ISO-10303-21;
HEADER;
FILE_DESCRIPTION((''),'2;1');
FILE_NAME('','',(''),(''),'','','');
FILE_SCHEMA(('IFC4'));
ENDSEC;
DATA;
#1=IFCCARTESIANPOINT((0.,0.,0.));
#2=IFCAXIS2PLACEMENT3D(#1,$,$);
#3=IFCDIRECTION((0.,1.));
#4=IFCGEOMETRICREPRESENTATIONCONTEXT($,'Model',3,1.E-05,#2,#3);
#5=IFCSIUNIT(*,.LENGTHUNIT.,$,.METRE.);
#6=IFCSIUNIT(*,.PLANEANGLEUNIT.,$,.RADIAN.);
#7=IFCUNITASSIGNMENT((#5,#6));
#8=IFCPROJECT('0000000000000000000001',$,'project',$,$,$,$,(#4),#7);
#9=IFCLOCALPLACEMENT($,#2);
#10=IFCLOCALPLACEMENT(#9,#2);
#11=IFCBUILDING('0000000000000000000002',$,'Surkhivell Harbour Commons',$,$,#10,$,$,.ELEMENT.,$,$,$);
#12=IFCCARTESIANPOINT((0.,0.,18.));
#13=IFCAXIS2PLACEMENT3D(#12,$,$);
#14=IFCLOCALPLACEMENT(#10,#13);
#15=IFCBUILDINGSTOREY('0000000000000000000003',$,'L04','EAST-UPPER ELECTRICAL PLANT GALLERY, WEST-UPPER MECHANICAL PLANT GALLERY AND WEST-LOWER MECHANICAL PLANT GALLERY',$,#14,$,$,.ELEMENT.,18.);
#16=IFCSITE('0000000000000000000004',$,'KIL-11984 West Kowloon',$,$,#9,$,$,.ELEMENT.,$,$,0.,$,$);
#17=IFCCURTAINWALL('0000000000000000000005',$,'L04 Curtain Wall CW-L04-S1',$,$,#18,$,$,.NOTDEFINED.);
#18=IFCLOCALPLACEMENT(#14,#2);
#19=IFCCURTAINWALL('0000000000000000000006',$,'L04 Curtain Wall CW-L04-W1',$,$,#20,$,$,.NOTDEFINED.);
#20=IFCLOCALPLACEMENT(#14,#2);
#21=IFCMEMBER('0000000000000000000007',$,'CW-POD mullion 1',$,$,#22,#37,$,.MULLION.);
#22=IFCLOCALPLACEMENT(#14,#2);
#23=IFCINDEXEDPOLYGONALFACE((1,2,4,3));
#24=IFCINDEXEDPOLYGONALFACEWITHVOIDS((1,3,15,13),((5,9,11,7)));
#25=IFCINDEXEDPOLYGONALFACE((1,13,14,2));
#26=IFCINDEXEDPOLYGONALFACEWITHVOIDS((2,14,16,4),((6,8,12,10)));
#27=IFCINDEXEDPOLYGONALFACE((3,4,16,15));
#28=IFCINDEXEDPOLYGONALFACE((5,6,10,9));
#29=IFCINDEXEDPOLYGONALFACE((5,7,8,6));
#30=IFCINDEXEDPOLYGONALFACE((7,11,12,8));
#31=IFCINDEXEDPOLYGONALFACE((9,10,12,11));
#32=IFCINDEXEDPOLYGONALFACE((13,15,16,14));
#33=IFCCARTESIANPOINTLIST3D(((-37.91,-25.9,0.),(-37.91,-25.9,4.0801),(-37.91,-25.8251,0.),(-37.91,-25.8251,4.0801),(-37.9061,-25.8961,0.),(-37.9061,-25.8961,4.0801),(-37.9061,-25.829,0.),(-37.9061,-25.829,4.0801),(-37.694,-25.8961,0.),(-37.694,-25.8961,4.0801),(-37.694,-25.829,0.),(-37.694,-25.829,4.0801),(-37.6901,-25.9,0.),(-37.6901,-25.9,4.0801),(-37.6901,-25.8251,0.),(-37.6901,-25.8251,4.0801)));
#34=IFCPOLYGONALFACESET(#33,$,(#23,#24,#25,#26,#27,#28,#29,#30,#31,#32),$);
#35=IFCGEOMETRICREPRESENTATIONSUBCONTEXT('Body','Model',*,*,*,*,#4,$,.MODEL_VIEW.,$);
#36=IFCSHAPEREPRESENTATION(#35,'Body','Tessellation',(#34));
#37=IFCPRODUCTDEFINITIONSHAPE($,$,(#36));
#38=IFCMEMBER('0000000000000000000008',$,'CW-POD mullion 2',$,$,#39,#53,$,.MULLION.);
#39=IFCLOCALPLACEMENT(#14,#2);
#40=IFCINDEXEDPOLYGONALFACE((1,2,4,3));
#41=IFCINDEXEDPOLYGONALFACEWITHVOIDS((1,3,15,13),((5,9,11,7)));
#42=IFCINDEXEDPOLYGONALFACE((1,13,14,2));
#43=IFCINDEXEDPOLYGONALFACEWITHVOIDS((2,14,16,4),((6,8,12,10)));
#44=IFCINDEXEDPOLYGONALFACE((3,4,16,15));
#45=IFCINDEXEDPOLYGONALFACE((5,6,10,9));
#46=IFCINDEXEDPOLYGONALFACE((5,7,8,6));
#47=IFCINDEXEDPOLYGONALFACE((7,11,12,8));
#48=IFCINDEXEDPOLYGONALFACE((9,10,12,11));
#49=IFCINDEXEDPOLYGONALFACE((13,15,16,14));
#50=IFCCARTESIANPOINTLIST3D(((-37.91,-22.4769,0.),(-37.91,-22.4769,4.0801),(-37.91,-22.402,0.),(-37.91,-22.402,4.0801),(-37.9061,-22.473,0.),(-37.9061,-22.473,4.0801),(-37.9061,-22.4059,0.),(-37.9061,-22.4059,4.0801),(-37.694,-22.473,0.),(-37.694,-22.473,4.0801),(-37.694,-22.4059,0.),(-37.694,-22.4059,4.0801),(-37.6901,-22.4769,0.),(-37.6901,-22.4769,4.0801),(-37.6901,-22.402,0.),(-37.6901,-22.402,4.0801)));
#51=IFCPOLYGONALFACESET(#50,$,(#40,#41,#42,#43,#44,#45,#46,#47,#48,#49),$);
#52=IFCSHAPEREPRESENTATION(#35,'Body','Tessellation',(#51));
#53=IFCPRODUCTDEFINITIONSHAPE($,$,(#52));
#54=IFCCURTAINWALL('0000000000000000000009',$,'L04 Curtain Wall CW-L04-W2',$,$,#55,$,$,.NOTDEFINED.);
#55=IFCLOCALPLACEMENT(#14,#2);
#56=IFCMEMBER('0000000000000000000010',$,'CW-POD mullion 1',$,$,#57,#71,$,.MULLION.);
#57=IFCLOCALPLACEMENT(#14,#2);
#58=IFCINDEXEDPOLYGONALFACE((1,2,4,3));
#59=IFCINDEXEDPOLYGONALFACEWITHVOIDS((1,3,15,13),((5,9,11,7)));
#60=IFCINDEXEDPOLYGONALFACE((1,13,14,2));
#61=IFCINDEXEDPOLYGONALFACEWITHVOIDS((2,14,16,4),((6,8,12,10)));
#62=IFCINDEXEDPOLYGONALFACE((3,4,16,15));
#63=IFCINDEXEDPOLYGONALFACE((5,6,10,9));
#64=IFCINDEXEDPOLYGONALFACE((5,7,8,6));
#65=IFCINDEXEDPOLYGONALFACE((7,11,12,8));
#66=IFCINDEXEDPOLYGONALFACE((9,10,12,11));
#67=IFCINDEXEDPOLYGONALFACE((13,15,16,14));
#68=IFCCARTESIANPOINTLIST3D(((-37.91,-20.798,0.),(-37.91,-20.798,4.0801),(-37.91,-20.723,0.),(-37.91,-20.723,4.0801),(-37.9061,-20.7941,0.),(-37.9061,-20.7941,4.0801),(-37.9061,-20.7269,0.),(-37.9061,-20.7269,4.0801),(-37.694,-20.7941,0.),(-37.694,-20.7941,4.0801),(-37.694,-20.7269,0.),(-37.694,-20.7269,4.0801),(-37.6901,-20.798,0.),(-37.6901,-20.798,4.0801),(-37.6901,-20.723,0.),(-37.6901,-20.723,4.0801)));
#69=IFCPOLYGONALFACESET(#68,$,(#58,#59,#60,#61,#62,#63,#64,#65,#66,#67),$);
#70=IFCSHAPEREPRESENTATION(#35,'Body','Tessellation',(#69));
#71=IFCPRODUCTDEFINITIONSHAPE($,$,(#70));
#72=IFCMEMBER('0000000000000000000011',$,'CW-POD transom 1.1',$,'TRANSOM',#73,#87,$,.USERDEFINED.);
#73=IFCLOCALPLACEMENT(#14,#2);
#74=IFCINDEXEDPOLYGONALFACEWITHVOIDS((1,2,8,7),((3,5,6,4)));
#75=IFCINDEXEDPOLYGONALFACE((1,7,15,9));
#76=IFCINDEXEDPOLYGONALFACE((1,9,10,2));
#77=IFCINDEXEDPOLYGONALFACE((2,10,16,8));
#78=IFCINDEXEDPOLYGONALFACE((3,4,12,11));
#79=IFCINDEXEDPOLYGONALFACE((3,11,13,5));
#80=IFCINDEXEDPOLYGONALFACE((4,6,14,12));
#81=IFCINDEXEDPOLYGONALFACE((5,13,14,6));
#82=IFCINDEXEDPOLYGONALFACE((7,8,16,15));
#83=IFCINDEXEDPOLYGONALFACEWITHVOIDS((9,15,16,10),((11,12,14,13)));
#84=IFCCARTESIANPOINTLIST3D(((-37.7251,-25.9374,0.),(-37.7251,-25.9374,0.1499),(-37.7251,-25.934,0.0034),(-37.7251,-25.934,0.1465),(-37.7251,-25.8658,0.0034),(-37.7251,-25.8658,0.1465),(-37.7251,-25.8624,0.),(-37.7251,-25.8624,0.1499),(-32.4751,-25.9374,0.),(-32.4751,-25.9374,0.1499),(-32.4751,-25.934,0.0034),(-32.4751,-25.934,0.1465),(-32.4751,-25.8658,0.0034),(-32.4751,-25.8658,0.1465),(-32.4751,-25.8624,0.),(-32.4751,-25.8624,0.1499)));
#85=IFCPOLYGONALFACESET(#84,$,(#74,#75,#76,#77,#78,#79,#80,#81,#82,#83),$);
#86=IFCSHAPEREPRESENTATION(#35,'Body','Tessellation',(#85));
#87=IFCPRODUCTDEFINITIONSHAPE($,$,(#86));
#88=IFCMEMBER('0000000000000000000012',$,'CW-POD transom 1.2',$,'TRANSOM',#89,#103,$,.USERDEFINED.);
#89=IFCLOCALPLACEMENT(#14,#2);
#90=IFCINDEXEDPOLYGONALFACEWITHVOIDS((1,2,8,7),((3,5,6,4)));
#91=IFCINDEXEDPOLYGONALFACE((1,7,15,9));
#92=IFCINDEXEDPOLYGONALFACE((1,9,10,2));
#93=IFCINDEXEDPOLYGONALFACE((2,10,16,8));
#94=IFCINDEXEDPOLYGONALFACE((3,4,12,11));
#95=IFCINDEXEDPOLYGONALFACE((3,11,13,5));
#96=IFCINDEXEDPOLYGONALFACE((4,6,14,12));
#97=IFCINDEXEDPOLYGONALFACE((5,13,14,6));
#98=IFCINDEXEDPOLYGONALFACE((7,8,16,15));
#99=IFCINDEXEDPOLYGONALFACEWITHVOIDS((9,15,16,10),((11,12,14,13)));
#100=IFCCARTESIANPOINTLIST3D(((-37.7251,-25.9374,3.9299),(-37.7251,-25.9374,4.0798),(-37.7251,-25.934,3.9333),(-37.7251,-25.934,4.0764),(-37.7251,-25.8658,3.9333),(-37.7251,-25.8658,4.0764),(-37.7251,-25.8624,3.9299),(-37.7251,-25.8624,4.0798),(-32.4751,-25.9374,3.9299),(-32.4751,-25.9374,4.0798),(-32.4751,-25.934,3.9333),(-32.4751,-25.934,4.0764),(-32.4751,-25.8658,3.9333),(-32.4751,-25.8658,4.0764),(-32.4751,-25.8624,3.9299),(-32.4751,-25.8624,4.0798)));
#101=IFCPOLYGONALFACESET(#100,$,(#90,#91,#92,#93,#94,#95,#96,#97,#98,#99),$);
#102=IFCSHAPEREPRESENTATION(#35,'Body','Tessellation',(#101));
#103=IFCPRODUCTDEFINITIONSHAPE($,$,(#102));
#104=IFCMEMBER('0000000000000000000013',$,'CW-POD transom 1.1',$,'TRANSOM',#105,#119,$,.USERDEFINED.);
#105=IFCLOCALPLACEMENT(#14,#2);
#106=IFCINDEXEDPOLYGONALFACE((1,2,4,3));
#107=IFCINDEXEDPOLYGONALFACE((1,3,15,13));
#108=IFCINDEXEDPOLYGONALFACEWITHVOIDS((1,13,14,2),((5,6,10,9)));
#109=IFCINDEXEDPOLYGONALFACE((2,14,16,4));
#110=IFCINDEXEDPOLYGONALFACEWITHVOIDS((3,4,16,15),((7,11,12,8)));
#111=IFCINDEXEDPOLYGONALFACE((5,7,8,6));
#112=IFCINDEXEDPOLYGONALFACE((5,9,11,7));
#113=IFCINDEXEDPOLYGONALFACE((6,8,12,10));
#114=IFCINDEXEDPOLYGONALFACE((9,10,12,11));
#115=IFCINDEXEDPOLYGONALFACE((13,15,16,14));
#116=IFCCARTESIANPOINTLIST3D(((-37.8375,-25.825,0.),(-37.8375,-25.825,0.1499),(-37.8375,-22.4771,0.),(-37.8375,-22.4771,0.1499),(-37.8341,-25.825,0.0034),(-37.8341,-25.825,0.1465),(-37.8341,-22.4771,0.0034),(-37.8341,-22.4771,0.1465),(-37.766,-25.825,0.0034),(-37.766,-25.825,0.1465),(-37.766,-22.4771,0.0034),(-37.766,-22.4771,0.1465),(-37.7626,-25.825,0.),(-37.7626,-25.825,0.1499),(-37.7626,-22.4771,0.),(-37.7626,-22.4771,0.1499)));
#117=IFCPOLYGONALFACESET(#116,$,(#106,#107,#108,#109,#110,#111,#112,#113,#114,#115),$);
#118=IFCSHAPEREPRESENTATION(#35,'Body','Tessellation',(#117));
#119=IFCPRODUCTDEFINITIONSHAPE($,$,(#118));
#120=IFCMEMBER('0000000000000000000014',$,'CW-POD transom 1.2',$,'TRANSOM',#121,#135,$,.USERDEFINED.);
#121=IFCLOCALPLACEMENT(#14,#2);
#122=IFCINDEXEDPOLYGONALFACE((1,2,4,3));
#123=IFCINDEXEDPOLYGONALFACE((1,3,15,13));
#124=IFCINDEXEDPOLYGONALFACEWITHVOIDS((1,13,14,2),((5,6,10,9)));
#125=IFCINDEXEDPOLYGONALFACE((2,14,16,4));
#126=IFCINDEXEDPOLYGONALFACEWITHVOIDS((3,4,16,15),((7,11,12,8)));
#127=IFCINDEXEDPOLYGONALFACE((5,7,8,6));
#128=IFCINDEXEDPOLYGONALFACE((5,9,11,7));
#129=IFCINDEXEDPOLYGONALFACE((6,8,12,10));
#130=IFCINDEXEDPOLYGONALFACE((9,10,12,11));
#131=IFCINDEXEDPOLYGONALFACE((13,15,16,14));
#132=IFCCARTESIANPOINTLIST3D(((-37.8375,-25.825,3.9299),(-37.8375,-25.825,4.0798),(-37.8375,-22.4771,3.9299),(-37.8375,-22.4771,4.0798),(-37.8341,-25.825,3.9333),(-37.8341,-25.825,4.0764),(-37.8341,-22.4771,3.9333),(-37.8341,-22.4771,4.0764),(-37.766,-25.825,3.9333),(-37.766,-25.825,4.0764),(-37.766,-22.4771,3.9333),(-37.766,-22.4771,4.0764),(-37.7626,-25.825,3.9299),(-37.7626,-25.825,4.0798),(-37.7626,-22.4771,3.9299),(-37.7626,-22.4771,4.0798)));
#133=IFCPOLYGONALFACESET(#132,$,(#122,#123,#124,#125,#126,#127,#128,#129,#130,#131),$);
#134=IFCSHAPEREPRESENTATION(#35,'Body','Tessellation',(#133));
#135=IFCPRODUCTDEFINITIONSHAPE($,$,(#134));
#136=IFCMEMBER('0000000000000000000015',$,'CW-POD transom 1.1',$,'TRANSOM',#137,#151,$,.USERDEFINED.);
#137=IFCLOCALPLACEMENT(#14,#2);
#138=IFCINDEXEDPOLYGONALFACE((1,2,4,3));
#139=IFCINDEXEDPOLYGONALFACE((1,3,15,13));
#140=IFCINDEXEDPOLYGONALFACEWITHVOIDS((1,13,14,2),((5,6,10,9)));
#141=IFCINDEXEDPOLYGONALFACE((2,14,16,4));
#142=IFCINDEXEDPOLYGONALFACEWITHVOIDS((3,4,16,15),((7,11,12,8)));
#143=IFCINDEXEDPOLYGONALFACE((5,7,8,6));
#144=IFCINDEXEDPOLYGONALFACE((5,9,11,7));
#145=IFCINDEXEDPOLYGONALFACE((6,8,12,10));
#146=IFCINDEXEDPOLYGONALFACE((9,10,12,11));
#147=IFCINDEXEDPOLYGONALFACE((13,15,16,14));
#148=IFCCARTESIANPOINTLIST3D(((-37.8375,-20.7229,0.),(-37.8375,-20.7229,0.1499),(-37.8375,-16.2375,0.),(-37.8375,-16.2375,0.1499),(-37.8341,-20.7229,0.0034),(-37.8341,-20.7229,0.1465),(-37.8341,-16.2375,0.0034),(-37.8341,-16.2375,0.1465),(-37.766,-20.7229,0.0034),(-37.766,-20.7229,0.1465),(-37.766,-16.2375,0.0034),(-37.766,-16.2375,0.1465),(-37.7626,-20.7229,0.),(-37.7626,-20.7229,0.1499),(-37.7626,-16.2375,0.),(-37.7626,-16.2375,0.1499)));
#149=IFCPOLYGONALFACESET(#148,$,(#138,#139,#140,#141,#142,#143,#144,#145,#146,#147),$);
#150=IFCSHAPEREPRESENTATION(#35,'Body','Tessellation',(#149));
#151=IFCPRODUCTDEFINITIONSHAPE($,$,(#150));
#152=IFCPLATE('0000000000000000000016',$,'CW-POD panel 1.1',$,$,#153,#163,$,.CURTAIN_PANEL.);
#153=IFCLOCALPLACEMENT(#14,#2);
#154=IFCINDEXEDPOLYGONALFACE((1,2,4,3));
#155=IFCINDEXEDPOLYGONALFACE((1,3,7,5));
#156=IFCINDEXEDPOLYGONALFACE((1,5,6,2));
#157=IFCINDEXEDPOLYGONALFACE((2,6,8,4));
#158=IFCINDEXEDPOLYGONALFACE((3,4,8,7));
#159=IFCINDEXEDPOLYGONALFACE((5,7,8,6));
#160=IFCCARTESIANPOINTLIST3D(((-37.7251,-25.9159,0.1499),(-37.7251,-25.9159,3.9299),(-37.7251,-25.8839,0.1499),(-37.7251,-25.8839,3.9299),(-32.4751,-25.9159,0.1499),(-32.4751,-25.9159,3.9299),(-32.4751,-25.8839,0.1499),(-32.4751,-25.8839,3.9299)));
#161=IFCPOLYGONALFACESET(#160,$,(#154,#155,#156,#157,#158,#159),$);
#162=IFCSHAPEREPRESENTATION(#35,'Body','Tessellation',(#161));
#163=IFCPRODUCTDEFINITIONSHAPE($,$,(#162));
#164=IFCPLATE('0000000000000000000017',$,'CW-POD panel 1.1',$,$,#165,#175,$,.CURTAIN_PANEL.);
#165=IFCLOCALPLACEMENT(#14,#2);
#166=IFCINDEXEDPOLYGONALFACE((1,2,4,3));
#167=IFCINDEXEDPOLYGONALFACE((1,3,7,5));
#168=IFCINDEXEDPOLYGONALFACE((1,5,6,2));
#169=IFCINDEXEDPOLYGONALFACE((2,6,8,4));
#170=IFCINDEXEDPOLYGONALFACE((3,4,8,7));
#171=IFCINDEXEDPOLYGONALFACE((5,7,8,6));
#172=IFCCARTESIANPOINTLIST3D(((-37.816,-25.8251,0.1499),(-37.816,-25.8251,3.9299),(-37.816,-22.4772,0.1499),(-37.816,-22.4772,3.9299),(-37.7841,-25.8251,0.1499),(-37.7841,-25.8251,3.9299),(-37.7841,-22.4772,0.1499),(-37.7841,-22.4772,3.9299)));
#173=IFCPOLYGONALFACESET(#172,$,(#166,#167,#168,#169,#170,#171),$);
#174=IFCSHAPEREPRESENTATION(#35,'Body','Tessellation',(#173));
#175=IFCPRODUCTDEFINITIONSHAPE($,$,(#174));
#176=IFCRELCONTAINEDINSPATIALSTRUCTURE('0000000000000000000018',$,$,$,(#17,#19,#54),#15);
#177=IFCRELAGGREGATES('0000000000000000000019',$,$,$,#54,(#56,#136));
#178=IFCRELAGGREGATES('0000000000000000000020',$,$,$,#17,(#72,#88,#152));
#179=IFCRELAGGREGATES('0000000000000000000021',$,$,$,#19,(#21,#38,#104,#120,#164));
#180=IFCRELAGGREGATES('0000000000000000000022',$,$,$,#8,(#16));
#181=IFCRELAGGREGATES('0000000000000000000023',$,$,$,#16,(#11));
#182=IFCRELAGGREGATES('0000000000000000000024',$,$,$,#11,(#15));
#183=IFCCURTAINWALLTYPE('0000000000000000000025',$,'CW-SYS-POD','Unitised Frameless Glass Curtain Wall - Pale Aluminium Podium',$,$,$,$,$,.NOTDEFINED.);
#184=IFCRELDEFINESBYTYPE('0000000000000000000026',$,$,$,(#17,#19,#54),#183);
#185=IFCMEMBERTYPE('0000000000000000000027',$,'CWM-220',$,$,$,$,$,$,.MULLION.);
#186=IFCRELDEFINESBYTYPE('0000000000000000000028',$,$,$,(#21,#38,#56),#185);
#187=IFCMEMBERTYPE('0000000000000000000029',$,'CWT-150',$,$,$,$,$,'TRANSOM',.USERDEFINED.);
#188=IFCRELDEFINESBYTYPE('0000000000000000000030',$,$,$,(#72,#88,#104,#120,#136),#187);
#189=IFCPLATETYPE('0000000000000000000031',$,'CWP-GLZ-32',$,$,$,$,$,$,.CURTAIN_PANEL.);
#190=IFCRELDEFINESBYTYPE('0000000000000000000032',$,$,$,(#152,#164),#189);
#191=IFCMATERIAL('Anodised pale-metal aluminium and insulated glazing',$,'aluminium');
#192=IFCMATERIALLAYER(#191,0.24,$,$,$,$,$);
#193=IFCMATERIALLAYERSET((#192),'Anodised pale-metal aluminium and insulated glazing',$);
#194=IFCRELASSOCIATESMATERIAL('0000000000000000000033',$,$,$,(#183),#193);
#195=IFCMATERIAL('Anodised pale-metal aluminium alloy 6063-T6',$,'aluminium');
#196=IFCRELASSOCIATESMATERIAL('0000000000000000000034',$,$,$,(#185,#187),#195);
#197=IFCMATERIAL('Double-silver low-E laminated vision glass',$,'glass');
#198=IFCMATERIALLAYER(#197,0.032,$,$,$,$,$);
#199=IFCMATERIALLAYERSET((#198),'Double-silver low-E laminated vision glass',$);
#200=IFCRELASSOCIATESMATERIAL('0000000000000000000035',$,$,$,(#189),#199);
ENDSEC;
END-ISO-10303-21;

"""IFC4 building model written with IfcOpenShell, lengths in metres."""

from ifc_helpers import new_model, si_unit, direction, frame, frame_2d, origin, origin_2d, place, context, subcontext, project, spatial, rectangle, hollow_rectangle, extrude, material, layer, layer_set, material_profile, profile_set, type_object, element, aggregate, save


model = new_model("IFC4")

# Units and contexts
model_context = context("Model", 3, precision=1e-05, world=origin(), true_north=direction((0.0, 1.0)))
body_context = subcontext(model_context, "Body", "Model", "MODEL_VIEW")
ifc_project = project(units=[si_unit("LENGTHUNIT", "METRE"), si_unit("PLANEANGLEUNIT", "RADIAN")], contexts=[model_context])

# Site, building, storey
site_placement = place(None, origin())
site = spatial("IfcSite", under=ifc_project, at=site_placement, Name="KIL-11984 West Kowloon", CompositionType="ELEMENT", RefElevation=0.0)
building_placement = place(site_placement, origin())
building = spatial("IfcBuilding", under=site, at=building_placement, Name="Surkhivell Harbour Commons", CompositionType="ELEMENT")
storey_placement = place(building_placement, frame((0.0, 0.0, 18.0)))
storey = spatial("IfcBuildingStorey", under=building, at=storey_placement, Name="L04", Description="EAST-UPPER ELECTRICAL PLANT GALLERY, WEST-UPPER MECHANICAL PLANT GALLERY AND WEST-LOWER MECHANICAL PLANT GALLERY", CompositionType="ELEMENT", Elevation=18.0)

# Curtain walls, members
ifc_material_1 = material(Name="Anodised pale-metal aluminium and insulated glazing", Category="aluminium")
ifc_layer_1 = layer(ifc_material_1, 0.24)
ifc_layer_set_1 = layer_set([ifc_layer_1], Name="Anodised pale-metal aluminium and insulated glazing")
curtain_wall_type = type_object("IfcCurtainWallType", Name="CW-SYS-POD", Description="Unitised Frameless Glass Curtain Wall - Pale Aluminium Podium", PredefinedType="NOTDEFINED", material=ifc_layer_set_1)
curtain_wall_1_placement = place(storey_placement, origin())
curtain_wall_1 = element("IfcCurtainWall", 1, at=curtain_wall_1_placement, inside=storey, type_object=curtain_wall_type, Name="L04 Curtain Wall CW-L04-S1", PredefinedType="NOTDEFINED")
ifc_material_2 = material(Name="Anodised pale-metal aluminium alloy 6063-T6", Category="aluminium")
ifc_material_profile_1 = material_profile(ifc_material_2, hollow_rectangle(XDim=0.075, YDim=0.22, WallThickness=0.0039, at=origin_2d()), Name="ALU-MULL-75x220")
ifc_profile_set_1 = profile_set([ifc_material_profile_1], Name="Anodised pale-metal aluminium alloy 6063-T6")
member_type_1 = type_object("IfcMemberType", Name="CWM-220", PredefinedType="MULLION", material=ifc_profile_set_1)
curtain_wall_2_placement = place(storey_placement, origin())
curtain_wall_2 = element("IfcCurtainWall", 2, at=curtain_wall_2_placement, inside=storey, type_object=curtain_wall_type, Name="L04 Curtain Wall CW-L04-W1", PredefinedType="NOTDEFINED")
member_1_placement = place(storey_placement, frame((-37.8, -25.8625, 0.0), z_axis=(0.0, 0.0, 1.0), x_axis=(0.0, 1.0, 0.0)))
member_1 = element("IfcMember", 3, at=member_1_placement, type_object=member_type_1, Name="CW-POD mullion 1", PredefinedType="MULLION", context=body_context, shape_type="SweptSolid", body=[
    extrude(hollow_rectangle(XDim=0.075, YDim=0.22, WallThickness=0.0039, at=origin_2d()), origin(), (0.0, 0.0, 1.0), 4.0801),
])
member_2_placement = place(storey_placement, frame((-37.8, -22.4395, 0.0), z_axis=(0.0, 0.0, 1.0), x_axis=(0.0, 1.0, 0.0)))
member_2 = element("IfcMember", 4, at=member_2_placement, type_object=member_type_1, Name="CW-POD mullion 2", PredefinedType="MULLION", context=body_context, shape_type="SweptSolid", body=[
    extrude(hollow_rectangle(XDim=0.075, YDim=0.22, WallThickness=0.0039, at=origin_2d()), origin(), (0.0, 0.0, 1.0), 4.0801),
])

# Curtain wall, member
curtain_wall_3_placement = place(storey_placement, origin())
curtain_wall_3 = element("IfcCurtainWall", 5, at=curtain_wall_3_placement, inside=storey, type_object=curtain_wall_type, Name="L04 Curtain Wall CW-L04-W2", PredefinedType="NOTDEFINED")
member_3_placement = place(storey_placement, frame((-37.8, -20.7605, 0.0), z_axis=(0.0, 0.0, 1.0), x_axis=(0.0, 1.0, 0.0)))
member_3 = element("IfcMember", 6, at=member_3_placement, type_object=member_type_1, Name="CW-POD mullion 1", PredefinedType="MULLION", context=body_context, shape_type="SweptSolid", body=[
    extrude(hollow_rectangle(XDim=0.075, YDim=0.22, WallThickness=0.0039, at=origin_2d()), origin(), (0.0, 0.0, 1.0), 4.0801),
])

# Members
ifc_material_profile_2 = material_profile(ifc_material_2, hollow_rectangle(XDim=0.075, YDim=0.1499, WallThickness=0.0034, at=origin_2d()), Name="ALU-TRAN-75x150")
ifc_profile_set_2 = profile_set([ifc_material_profile_2], Name="Anodised pale-metal aluminium alloy 6063-T6")
member_type_2 = type_object("IfcMemberType", Name="CWT-150", ElementType="TRANSOM", PredefinedType="USERDEFINED", material=ifc_profile_set_2)
member_4_placement = place(storey_placement, frame((-32.4751, -25.8999, 0.075), z_axis=(-1.0, 0.0, 0.0), x_axis=(0.0, -1.0, 0.0)))
member_4 = element("IfcMember", 7, at=member_4_placement, type_object=member_type_2, Name="CW-POD transom 1.1", ObjectType="TRANSOM", PredefinedType="USERDEFINED", context=body_context, shape_type="SweptSolid", body=[
    extrude(hollow_rectangle(XDim=0.075, YDim=0.1499, WallThickness=0.0034, at=origin_2d()), origin(), (0.0, 0.0, 1.0), 5.25),
])
member_5_placement = place(storey_placement, frame((-32.4751, -25.8999, 4.0049), z_axis=(-1.0, 0.0, 0.0), x_axis=(0.0, -1.0, 0.0)))
member_5 = element("IfcMember", 8, at=member_5_placement, type_object=member_type_2, Name="CW-POD transom 1.2", ObjectType="TRANSOM", PredefinedType="USERDEFINED", context=body_context, shape_type="SweptSolid", body=[
    extrude(hollow_rectangle(XDim=0.075, YDim=0.1499, WallThickness=0.0034, at=origin_2d()), origin(), (0.0, 0.0, 1.0), 5.25),
])
member_6_placement = place(storey_placement, frame((-37.8, -25.825, 0.075), z_axis=(0.0, 1.0, 0.0), x_axis=(-1.0, 0.0, 0.0)))
member_6 = element("IfcMember", 9, at=member_6_placement, type_object=member_type_2, Name="CW-POD transom 1.1", ObjectType="TRANSOM", PredefinedType="USERDEFINED", context=body_context, shape_type="SweptSolid", body=[
    extrude(hollow_rectangle(XDim=0.075, YDim=0.1499, WallThickness=0.0034, at=origin_2d()), origin(), (0.0, 0.0, 1.0), 3.3479),
])
member_7_placement = place(storey_placement, frame((-37.8, -25.825, 4.0049), z_axis=(0.0, 1.0, 0.0), x_axis=(-1.0, 0.0, 0.0)))
member_7 = element("IfcMember", 10, at=member_7_placement, type_object=member_type_2, Name="CW-POD transom 1.2", ObjectType="TRANSOM", PredefinedType="USERDEFINED", context=body_context, shape_type="SweptSolid", body=[
    extrude(hollow_rectangle(XDim=0.075, YDim=0.1499, WallThickness=0.0034, at=origin_2d()), origin(), (0.0, 0.0, 1.0), 3.3479),
])
member_8_placement = place(storey_placement, frame((-37.8, -20.7229, 0.075), z_axis=(0.0, 1.0, 0.0), x_axis=(-1.0, 0.0, 0.0)))
member_8 = element("IfcMember", 11, at=member_8_placement, type_object=member_type_2, Name="CW-POD transom 1.1", ObjectType="TRANSOM", PredefinedType="USERDEFINED", context=body_context, shape_type="SweptSolid", body=[
    extrude(hollow_rectangle(XDim=0.075, YDim=0.1499, WallThickness=0.0034, at=origin_2d()), origin(), (0.0, 0.0, 1.0), 4.4854),
])
aggregate(curtain_wall_3, [member_3, member_8])

# Plates
ifc_material_3 = material(Name="Double-silver low-E laminated vision glass", Category="glass")
ifc_layer_2 = layer(ifc_material_3, 0.032)
ifc_layer_set_2 = layer_set([ifc_layer_2], Name="Double-silver low-E laminated vision glass")
plate_type = type_object("IfcPlateType", Name="CWP-GLZ-32", PredefinedType="CURTAIN_PANEL", material=ifc_layer_set_2)
plate_1_placement = place(storey_placement, frame((-32.4751, -25.8999, 0.1499), z_axis=(0.0, 0.0, 1.0), x_axis=(-1.0, 0.0, 0.0)))
plate_1 = element("IfcPlate", 12, at=plate_1_placement, type_object=plate_type, Name="CW-POD panel 1.1", PredefinedType="CURTAIN_PANEL", context=body_context, shape_type="SweptSolid", body=[
    extrude(rectangle(XDim=5.25, YDim=0.032, at=frame_2d((2.625, 0.0))), origin(), (0.0, 0.0, 1.0), 3.78),
])
aggregate(curtain_wall_1, [member_4, member_5, plate_1])
plate_2_placement = place(storey_placement, frame((-37.8, -25.825, 0.1499), z_axis=(0.0, 0.0, 1.0), x_axis=(0.0, 1.0, 0.0)))
plate_2 = element("IfcPlate", 13, at=plate_2_placement, type_object=plate_type, Name="CW-POD panel 1.1", PredefinedType="CURTAIN_PANEL", context=body_context, shape_type="SweptSolid", body=[
    extrude(rectangle(XDim=3.3479, YDim=0.032, at=frame_2d((1.6738, 0.0))), origin(), (0.0, 0.0, 1.0), 3.78),
])
aggregate(curtain_wall_2, [member_1, member_2, member_6, member_7, plate_2])

save(model, "model.ifc")
